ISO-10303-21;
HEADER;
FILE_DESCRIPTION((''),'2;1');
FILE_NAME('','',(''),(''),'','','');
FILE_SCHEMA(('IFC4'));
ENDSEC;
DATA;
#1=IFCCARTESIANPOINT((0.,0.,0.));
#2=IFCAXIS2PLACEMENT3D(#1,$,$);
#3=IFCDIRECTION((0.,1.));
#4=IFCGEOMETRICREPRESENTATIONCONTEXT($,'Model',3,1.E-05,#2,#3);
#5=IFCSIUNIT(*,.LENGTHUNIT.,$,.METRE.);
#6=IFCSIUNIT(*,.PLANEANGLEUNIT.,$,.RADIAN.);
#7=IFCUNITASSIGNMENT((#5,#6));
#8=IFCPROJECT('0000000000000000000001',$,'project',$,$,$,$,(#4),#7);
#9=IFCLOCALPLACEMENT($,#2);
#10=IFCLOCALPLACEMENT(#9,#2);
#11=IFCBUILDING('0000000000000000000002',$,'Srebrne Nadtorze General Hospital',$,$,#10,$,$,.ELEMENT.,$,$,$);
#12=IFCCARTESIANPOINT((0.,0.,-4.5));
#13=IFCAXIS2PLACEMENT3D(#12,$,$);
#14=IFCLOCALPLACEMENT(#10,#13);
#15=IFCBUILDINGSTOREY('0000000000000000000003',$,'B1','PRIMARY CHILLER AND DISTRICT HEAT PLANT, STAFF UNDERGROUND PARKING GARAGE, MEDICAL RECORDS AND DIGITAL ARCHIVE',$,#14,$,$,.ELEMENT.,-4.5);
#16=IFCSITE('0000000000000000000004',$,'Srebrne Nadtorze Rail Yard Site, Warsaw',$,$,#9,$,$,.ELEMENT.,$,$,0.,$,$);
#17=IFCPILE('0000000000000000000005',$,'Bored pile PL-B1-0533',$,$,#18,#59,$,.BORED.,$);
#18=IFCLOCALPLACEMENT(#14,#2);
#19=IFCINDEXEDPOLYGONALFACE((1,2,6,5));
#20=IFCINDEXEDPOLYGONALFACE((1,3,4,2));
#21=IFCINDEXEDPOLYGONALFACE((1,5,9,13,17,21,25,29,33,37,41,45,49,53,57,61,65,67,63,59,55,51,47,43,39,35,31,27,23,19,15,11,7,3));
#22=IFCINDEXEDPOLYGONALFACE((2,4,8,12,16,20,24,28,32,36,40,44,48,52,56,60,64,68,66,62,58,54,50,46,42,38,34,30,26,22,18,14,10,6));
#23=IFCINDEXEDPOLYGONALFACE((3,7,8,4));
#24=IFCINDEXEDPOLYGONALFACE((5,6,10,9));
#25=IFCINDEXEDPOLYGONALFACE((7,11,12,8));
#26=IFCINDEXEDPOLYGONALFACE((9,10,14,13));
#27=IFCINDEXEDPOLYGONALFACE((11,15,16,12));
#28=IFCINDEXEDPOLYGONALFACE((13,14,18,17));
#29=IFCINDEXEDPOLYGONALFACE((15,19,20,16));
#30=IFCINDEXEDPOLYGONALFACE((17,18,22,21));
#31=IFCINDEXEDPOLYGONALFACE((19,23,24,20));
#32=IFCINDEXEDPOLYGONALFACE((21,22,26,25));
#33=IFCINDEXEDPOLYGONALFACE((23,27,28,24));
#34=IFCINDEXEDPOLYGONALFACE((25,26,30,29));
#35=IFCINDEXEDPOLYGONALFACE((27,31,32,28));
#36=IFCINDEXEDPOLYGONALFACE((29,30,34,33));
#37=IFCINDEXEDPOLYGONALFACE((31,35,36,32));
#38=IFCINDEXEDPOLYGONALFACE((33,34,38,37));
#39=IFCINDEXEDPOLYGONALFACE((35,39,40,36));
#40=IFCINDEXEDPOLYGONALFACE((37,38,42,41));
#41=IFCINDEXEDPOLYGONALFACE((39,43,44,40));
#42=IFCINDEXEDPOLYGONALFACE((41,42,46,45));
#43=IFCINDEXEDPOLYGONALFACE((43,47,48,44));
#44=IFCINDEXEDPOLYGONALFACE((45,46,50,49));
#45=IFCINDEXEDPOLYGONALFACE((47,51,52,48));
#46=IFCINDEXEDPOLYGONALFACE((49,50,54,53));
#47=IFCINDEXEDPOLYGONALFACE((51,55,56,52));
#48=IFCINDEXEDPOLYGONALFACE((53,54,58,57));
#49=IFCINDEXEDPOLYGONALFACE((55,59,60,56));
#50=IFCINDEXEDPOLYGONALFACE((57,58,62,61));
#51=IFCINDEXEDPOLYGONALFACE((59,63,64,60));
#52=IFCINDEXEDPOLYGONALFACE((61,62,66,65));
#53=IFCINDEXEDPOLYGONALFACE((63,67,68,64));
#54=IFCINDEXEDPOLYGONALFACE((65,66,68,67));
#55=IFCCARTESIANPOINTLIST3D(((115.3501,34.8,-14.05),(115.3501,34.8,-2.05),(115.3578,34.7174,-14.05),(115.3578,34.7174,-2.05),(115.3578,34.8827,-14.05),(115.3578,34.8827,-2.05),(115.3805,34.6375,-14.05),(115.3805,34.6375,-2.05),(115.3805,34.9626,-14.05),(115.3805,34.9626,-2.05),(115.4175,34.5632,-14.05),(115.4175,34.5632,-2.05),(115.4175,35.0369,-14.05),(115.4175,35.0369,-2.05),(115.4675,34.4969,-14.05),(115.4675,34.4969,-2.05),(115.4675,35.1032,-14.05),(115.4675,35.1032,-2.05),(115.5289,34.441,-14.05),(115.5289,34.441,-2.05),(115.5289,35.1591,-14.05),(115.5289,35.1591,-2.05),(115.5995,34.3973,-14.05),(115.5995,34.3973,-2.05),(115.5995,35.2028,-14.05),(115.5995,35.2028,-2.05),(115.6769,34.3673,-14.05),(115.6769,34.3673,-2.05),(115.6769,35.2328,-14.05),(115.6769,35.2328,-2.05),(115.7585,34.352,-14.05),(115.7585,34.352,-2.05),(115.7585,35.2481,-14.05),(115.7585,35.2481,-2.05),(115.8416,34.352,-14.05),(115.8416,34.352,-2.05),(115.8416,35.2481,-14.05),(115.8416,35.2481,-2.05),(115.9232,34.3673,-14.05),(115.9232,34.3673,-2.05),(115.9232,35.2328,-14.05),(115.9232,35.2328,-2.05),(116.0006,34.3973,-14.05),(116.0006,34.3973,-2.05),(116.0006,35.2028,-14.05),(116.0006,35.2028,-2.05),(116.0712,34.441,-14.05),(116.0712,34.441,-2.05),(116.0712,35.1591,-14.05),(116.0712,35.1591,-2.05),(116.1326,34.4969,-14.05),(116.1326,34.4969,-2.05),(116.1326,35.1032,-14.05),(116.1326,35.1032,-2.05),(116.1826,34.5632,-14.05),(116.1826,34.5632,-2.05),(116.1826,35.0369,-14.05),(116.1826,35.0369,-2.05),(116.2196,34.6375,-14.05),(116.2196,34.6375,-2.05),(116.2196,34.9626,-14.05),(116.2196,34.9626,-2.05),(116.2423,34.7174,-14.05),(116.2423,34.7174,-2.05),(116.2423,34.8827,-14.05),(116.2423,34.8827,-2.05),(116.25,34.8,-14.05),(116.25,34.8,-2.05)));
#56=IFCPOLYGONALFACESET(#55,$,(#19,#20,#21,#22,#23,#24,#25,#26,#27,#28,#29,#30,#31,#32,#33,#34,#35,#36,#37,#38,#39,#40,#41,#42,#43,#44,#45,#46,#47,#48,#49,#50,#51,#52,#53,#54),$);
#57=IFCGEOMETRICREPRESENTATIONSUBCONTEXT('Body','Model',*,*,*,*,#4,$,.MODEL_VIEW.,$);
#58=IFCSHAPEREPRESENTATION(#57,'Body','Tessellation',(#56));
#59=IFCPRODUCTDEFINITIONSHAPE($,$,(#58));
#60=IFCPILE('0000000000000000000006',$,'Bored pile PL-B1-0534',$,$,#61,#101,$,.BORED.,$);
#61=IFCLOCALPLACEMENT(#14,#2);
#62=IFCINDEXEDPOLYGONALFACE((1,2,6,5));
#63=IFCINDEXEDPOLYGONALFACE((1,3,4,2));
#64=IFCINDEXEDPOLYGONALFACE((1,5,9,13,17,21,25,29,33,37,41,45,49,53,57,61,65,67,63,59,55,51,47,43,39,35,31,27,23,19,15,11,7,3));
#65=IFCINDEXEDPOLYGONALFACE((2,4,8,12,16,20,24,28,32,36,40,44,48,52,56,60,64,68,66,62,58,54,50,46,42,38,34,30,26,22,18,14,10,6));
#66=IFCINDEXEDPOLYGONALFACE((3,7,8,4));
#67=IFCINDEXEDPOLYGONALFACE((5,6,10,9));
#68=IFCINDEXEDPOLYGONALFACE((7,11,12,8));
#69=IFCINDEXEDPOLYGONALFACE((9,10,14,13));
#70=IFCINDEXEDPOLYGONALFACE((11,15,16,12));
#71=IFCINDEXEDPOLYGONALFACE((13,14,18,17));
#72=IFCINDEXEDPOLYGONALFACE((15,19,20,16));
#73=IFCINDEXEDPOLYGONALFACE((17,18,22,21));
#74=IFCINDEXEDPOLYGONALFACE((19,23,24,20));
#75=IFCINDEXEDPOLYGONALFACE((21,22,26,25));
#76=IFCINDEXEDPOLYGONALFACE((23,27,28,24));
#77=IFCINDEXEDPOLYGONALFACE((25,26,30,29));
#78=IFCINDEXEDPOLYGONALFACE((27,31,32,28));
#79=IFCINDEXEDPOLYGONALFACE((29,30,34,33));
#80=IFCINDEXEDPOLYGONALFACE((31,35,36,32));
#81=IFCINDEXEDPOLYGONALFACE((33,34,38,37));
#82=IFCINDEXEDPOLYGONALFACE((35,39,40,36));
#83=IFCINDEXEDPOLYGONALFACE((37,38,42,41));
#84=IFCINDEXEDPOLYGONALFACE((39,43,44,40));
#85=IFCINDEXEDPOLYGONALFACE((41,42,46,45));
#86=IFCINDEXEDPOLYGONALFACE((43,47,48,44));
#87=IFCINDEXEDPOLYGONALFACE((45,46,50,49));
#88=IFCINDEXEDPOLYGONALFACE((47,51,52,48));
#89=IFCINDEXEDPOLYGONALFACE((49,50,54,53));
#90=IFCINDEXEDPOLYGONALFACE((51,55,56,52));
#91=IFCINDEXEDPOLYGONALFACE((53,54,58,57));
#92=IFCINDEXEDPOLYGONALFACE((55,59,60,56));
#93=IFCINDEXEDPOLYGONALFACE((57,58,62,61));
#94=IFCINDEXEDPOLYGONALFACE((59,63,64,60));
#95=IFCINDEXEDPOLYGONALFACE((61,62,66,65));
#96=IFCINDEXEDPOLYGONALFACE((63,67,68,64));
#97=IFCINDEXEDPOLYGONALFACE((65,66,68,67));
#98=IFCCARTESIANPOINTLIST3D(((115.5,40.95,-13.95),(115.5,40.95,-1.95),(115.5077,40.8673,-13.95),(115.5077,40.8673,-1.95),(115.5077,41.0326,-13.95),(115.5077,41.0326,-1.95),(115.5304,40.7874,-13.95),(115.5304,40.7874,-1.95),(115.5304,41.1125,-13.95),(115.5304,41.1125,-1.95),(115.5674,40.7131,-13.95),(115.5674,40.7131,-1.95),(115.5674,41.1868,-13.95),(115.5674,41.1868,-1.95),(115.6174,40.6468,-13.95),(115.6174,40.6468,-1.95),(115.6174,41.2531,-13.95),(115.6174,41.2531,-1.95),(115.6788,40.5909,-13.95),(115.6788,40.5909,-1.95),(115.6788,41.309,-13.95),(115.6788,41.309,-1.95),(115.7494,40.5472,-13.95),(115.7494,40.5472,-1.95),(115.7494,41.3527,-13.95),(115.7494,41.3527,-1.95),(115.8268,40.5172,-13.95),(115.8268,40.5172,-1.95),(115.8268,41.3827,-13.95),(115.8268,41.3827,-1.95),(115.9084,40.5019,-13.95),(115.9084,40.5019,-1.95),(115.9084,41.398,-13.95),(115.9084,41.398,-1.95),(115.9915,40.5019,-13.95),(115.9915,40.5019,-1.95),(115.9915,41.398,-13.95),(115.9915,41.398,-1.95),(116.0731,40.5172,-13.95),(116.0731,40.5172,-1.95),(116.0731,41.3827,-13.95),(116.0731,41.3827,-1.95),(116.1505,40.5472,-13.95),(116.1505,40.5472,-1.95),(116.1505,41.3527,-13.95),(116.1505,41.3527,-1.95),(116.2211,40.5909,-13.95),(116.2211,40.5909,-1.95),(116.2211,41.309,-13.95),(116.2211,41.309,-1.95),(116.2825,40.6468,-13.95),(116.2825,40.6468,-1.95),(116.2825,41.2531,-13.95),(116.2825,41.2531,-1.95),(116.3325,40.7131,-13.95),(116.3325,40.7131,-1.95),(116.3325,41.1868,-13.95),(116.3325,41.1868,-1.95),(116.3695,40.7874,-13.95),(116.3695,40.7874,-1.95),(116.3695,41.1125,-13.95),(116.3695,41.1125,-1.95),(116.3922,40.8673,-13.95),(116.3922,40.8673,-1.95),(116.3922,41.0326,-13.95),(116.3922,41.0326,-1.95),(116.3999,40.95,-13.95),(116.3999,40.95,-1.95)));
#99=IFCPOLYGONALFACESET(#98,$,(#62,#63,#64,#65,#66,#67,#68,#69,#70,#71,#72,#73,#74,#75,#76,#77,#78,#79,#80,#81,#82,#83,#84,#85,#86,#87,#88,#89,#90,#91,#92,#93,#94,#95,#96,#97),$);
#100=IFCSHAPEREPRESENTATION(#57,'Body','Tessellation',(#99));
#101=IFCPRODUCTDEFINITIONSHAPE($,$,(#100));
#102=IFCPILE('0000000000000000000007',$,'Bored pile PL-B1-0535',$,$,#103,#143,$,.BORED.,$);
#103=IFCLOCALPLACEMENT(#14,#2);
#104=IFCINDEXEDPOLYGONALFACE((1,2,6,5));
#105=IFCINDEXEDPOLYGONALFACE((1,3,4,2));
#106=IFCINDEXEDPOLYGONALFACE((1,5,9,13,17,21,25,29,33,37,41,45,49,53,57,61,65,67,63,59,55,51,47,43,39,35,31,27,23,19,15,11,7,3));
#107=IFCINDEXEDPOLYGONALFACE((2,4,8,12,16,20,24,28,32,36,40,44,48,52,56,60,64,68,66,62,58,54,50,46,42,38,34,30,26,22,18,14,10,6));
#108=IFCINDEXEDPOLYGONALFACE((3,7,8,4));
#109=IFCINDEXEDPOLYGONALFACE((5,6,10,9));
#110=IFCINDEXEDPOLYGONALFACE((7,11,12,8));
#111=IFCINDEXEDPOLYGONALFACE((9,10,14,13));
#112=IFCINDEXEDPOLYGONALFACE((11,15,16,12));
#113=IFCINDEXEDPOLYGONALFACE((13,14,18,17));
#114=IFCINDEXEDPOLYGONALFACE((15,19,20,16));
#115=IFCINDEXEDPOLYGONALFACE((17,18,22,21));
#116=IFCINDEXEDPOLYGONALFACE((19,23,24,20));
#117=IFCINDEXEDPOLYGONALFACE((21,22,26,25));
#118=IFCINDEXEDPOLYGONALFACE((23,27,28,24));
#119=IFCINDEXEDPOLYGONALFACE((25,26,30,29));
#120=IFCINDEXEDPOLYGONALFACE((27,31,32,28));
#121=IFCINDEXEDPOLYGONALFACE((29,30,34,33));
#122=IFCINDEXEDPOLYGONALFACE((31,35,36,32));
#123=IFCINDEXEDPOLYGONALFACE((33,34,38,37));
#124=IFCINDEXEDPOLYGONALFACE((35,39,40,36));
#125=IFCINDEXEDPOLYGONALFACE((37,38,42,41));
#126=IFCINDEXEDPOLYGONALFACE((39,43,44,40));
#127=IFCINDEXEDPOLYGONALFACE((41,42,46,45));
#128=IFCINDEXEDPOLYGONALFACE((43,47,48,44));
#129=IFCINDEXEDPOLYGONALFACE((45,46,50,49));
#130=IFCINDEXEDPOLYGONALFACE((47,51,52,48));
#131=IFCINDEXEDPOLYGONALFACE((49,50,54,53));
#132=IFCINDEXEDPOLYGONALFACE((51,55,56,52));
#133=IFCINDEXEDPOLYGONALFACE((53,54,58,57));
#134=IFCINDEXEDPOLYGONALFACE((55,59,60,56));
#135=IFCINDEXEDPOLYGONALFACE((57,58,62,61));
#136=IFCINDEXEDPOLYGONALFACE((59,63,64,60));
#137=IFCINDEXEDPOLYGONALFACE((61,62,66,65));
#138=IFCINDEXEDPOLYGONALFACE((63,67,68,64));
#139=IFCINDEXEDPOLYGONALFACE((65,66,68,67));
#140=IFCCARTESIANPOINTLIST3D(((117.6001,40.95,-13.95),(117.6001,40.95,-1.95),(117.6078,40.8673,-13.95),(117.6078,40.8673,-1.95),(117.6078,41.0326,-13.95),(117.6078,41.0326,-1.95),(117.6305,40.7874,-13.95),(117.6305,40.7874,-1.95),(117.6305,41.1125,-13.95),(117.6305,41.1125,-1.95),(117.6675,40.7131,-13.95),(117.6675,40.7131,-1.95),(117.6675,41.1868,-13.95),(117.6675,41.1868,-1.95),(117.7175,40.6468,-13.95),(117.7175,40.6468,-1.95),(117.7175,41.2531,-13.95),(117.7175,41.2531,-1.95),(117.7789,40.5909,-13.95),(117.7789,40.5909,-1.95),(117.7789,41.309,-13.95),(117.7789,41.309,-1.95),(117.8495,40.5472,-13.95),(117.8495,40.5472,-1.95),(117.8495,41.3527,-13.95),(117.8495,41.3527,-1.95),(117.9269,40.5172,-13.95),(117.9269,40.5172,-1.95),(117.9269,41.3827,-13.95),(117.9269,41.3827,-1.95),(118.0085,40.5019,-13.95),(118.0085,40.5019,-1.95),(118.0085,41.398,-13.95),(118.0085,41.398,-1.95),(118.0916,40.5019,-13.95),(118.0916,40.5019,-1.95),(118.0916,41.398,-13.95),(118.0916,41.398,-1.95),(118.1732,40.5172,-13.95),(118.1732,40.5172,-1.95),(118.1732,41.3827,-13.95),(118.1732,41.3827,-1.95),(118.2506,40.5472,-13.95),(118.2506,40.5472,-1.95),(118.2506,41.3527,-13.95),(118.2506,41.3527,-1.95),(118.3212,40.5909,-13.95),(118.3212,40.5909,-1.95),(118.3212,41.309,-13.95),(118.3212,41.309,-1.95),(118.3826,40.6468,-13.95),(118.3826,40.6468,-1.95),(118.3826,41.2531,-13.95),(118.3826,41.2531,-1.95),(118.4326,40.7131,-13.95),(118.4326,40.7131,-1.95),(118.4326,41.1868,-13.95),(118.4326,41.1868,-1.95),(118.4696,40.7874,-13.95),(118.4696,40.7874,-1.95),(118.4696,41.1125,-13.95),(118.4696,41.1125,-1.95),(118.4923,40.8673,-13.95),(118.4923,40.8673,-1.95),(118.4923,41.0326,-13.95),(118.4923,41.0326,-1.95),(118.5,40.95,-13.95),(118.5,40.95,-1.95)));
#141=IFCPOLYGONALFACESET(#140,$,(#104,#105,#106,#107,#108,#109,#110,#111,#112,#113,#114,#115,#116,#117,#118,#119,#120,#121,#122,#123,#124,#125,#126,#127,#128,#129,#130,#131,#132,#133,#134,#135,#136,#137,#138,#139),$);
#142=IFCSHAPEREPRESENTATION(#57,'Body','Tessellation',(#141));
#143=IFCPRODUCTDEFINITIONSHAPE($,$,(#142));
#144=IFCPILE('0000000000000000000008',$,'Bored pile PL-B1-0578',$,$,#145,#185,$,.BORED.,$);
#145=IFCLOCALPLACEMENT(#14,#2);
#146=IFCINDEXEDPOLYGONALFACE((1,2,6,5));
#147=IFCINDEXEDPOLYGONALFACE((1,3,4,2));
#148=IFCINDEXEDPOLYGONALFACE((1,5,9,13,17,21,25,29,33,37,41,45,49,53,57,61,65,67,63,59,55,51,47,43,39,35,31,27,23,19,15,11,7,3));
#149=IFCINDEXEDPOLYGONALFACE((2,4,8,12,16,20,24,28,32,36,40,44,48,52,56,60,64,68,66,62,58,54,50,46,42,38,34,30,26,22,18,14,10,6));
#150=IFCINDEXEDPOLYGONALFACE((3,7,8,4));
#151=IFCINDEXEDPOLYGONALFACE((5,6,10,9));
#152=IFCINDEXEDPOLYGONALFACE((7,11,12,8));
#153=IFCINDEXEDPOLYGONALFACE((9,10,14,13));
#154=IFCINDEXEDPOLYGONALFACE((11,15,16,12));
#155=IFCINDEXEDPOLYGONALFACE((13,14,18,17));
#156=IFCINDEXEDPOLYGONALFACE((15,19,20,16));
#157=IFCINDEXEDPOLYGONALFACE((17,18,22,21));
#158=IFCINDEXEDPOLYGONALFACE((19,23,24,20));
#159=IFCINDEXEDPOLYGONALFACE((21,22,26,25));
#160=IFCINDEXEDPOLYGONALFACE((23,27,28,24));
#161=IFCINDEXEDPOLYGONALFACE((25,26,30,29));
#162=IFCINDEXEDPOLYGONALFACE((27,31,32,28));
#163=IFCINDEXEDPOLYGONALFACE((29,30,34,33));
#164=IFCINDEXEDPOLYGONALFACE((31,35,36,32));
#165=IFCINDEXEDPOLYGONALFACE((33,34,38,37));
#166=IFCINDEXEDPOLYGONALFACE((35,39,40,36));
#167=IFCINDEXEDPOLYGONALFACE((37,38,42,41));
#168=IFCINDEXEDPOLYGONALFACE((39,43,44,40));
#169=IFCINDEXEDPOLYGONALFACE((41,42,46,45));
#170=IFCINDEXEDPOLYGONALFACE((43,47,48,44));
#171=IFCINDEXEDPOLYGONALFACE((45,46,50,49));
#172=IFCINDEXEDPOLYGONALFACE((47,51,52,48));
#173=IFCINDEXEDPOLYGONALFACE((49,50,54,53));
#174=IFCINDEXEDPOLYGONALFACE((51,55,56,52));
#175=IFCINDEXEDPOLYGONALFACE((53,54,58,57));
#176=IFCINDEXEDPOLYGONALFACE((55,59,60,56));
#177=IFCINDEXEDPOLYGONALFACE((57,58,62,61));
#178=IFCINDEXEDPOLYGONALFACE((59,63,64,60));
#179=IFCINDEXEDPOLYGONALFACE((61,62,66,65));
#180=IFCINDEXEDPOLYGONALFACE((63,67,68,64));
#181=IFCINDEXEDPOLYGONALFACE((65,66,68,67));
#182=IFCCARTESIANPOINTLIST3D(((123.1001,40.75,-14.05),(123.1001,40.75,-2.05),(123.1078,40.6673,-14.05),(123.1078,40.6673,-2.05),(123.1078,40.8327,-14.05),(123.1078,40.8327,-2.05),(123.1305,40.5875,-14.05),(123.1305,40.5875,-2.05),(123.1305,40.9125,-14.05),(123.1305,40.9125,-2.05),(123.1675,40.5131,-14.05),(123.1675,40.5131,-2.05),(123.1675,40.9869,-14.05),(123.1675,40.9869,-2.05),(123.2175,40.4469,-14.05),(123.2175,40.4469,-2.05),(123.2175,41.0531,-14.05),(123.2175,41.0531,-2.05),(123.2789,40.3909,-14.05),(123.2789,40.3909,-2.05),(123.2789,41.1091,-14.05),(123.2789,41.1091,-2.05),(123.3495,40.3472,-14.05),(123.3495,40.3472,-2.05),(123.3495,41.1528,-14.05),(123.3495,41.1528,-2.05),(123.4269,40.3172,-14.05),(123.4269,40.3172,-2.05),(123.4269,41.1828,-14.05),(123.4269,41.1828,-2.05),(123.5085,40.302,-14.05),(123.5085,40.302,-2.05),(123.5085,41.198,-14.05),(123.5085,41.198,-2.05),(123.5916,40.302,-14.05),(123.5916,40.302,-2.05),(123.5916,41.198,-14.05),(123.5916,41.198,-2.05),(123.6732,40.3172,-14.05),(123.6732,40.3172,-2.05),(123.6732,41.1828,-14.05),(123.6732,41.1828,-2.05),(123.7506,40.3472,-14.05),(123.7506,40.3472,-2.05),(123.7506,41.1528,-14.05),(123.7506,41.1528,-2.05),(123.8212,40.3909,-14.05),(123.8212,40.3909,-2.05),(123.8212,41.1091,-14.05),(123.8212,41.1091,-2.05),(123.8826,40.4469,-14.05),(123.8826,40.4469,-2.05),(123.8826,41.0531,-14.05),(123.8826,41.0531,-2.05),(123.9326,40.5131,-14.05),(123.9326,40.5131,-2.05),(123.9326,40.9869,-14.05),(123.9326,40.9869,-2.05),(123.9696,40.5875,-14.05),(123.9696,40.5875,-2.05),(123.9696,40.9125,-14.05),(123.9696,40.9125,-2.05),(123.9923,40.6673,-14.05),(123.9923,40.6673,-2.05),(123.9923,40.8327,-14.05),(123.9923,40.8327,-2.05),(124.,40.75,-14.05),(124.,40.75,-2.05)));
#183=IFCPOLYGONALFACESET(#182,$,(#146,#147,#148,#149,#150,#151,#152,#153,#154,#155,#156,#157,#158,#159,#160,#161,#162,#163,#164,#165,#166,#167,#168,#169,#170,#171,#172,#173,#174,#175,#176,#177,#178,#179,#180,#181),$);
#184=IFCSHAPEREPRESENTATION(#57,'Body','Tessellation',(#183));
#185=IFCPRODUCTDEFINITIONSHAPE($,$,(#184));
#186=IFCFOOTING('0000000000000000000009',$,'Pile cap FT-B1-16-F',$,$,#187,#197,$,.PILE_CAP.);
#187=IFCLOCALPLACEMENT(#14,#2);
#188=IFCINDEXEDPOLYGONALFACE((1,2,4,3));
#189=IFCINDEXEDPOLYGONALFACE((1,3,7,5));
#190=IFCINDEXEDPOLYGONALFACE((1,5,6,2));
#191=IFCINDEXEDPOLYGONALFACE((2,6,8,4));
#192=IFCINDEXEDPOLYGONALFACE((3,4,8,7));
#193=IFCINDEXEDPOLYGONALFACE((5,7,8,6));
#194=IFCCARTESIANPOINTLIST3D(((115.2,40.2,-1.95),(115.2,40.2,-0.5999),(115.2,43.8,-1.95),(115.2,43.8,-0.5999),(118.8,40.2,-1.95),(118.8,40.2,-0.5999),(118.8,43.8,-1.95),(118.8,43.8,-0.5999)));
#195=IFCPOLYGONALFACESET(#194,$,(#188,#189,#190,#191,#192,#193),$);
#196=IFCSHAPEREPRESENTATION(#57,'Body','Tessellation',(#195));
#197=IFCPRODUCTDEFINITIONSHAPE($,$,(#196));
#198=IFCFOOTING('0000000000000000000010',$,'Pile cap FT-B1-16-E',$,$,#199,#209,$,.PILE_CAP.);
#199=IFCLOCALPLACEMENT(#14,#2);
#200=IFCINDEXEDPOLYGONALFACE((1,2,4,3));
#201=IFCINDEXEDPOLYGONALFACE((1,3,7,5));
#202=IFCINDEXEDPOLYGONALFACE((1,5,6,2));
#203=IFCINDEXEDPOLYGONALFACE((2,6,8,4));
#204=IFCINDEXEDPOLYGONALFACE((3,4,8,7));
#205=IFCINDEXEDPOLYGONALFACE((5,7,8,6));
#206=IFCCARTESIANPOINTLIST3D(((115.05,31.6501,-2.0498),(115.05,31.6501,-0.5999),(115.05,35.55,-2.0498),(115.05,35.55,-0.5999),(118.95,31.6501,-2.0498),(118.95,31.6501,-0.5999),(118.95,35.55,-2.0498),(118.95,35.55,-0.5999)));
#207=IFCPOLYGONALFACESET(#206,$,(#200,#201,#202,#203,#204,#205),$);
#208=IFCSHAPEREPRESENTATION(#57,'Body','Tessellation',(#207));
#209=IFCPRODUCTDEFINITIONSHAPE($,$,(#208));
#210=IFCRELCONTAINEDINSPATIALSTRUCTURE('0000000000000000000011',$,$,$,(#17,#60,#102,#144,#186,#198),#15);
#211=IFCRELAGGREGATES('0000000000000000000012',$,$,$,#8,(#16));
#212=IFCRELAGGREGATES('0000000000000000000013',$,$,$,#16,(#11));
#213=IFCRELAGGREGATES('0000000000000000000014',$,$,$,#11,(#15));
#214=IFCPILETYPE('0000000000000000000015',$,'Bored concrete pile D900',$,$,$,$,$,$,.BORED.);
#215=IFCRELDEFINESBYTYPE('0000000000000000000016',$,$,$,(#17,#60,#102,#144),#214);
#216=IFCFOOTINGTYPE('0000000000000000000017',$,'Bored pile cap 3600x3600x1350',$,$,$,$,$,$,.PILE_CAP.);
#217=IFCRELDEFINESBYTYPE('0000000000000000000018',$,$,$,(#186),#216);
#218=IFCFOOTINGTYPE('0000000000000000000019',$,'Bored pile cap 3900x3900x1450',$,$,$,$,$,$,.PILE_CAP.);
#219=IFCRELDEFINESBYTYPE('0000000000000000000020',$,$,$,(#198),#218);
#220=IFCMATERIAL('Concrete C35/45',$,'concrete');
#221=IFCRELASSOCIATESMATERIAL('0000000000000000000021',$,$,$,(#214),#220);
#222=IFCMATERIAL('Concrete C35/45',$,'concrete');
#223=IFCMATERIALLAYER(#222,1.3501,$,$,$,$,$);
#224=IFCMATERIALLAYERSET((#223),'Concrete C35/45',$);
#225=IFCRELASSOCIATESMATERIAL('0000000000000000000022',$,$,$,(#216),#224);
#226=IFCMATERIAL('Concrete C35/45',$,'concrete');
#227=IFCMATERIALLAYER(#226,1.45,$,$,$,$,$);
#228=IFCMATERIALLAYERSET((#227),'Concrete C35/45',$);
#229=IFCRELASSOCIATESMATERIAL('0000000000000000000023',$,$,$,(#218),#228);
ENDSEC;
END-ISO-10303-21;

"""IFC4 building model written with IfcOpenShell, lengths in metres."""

from ifc_helpers import new_model, si_unit, direction, frame, origin, origin_2d, place, context, subcontext, project, spatial, rectangle, circle, extrude, material, layer, layer_set, material_profile, profile_set, type_object, element, save


model = new_model("IFC4")

# Units and contexts
model_context = context("Model", 3, precision=1e-05, world=origin(), true_north=direction((0.0, 1.0)))
body_context = subcontext(model_context, "Body", "Model", "MODEL_VIEW")
ifc_project = project(units=[si_unit("LENGTHUNIT", "METRE"), si_unit("PLANEANGLEUNIT", "RADIAN")], contexts=[model_context])

# Site, building, storey
site_placement = place(None, origin())
site = spatial("IfcSite", under=ifc_project, at=site_placement, Name="Srebrne Nadtorze Rail Yard Site, Warsaw", CompositionType="ELEMENT", RefElevation=0.0)
building_placement = place(site_placement, origin())
building = spatial("IfcBuilding", under=site, at=building_placement, Name="Srebrne Nadtorze General Hospital", CompositionType="ELEMENT")
storey_placement = place(building_placement, frame((0.0, 0.0, -4.5)))
storey = spatial("IfcBuildingStorey", under=building, at=storey_placement, Name="B1", Description="PRIMARY CHILLER AND DISTRICT HEAT PLANT, STAFF UNDERGROUND PARKING GARAGE, MEDICAL RECORDS AND DIGITAL ARCHIVE", CompositionType="ELEMENT", Elevation=-4.5)

# Piles
ifc_material_1 = material(Name="Concrete C35/45", Category="concrete")
ifc_material_profile_1 = material_profile(ifc_material_1, circle(Radius=0.45, at=origin_2d()), Name="PILE-D900")
ifc_profile_set_1 = profile_set([ifc_material_profile_1], Name="Concrete C35/45")
pile_type_1 = type_object("IfcPileType", Name="Bored concrete pile D900", PredefinedType="BORED", material=ifc_profile_set_1)
for number, where, z_axis, x_axis, name in (
    (1, (115.8, 34.8, -2.05), (0.0, 0.0, -1.0), (1.0, 0.0, 0.0), "Bored pile PL-B1-0533"),
    (2, (115.95, 40.95, -1.95), (0.0, 0.0, -1.0), (1.0, 0.0, 0.0), "Bored pile PL-B1-0534"),
    (3, (118.05, 40.95, -1.95), (0.0, 0.0, -1.0), (1.0, 0.0, 0.0), "Bored pile PL-B1-0535"),
    (4, (123.55, 40.75, -2.05), (0.0, 0.0, -1.0), (1.0, 0.0, 0.0), "Bored pile PL-B1-0578"),
):
    element("IfcPile", number, at=place(storey_placement, frame(where, z_axis=z_axis, x_axis=x_axis)), inside=storey, type_object=pile_type_1, Name=name, PredefinedType="BORED", context=body_context, shape_type="SweptSolid", body=[
        extrude(circle(Radius=0.45, at=origin_2d()), origin(), (0.0, 0.0, 1.0), 12.0),
    ])

# Footings
ifc_material_2 = material(Name="Concrete C35/45", Category="concrete")
ifc_layer_1 = layer(ifc_material_2, 1.3501)
ifc_layer_set_1 = layer_set([ifc_layer_1], Name="Concrete C35/45")
footing_type_1 = type_object("IfcFootingType", Name="Bored pile cap 3600x3600x1350", PredefinedType="PILE_CAP", material=ifc_layer_set_1)
footing_1_placement = place(storey_placement, frame((117.0, 42.0, -1.95), z_axis=(0.0, 0.0, 1.0), x_axis=(1.0, 0.0, 0.0)))
element("IfcFooting", 5, at=footing_1_placement, inside=storey, type_object=footing_type_1, Name="Pile cap FT-B1-16-F", PredefinedType="PILE_CAP", context=body_context, shape_type="SweptSolid", body=[
    extrude(rectangle(XDim=3.6001, YDim=3.6001, at=origin_2d()), origin(), (0.0, 0.0, 1.0), 1.3501),
])
ifc_material_3 = material(Name="Concrete C35/45", Category="concrete")
ifc_layer_2 = layer(ifc_material_3, 1.45)
ifc_layer_set_2 = layer_set([ifc_layer_2], Name="Concrete C35/45")
footing_type_2 = type_object("IfcFootingType", Name="Bored pile cap 3900x3900x1450", PredefinedType="PILE_CAP", material=ifc_layer_set_2)
footing_2_placement = place(storey_placement, frame((117.0, 33.6001, -2.0498), z_axis=(0.0, 0.0, 1.0), x_axis=(1.0, 0.0, 0.0)))
element("IfcFooting", 6, at=footing_2_placement, inside=storey, type_object=footing_type_2, Name="Pile cap FT-B1-16-E", PredefinedType="PILE_CAP", context=body_context, shape_type="SweptSolid", body=[
    extrude(rectangle(XDim=3.8999, YDim=3.8999, at=origin_2d()), origin(), (0.0, 0.0, 1.0), 1.45),
])

save(model, "model.ifc")
